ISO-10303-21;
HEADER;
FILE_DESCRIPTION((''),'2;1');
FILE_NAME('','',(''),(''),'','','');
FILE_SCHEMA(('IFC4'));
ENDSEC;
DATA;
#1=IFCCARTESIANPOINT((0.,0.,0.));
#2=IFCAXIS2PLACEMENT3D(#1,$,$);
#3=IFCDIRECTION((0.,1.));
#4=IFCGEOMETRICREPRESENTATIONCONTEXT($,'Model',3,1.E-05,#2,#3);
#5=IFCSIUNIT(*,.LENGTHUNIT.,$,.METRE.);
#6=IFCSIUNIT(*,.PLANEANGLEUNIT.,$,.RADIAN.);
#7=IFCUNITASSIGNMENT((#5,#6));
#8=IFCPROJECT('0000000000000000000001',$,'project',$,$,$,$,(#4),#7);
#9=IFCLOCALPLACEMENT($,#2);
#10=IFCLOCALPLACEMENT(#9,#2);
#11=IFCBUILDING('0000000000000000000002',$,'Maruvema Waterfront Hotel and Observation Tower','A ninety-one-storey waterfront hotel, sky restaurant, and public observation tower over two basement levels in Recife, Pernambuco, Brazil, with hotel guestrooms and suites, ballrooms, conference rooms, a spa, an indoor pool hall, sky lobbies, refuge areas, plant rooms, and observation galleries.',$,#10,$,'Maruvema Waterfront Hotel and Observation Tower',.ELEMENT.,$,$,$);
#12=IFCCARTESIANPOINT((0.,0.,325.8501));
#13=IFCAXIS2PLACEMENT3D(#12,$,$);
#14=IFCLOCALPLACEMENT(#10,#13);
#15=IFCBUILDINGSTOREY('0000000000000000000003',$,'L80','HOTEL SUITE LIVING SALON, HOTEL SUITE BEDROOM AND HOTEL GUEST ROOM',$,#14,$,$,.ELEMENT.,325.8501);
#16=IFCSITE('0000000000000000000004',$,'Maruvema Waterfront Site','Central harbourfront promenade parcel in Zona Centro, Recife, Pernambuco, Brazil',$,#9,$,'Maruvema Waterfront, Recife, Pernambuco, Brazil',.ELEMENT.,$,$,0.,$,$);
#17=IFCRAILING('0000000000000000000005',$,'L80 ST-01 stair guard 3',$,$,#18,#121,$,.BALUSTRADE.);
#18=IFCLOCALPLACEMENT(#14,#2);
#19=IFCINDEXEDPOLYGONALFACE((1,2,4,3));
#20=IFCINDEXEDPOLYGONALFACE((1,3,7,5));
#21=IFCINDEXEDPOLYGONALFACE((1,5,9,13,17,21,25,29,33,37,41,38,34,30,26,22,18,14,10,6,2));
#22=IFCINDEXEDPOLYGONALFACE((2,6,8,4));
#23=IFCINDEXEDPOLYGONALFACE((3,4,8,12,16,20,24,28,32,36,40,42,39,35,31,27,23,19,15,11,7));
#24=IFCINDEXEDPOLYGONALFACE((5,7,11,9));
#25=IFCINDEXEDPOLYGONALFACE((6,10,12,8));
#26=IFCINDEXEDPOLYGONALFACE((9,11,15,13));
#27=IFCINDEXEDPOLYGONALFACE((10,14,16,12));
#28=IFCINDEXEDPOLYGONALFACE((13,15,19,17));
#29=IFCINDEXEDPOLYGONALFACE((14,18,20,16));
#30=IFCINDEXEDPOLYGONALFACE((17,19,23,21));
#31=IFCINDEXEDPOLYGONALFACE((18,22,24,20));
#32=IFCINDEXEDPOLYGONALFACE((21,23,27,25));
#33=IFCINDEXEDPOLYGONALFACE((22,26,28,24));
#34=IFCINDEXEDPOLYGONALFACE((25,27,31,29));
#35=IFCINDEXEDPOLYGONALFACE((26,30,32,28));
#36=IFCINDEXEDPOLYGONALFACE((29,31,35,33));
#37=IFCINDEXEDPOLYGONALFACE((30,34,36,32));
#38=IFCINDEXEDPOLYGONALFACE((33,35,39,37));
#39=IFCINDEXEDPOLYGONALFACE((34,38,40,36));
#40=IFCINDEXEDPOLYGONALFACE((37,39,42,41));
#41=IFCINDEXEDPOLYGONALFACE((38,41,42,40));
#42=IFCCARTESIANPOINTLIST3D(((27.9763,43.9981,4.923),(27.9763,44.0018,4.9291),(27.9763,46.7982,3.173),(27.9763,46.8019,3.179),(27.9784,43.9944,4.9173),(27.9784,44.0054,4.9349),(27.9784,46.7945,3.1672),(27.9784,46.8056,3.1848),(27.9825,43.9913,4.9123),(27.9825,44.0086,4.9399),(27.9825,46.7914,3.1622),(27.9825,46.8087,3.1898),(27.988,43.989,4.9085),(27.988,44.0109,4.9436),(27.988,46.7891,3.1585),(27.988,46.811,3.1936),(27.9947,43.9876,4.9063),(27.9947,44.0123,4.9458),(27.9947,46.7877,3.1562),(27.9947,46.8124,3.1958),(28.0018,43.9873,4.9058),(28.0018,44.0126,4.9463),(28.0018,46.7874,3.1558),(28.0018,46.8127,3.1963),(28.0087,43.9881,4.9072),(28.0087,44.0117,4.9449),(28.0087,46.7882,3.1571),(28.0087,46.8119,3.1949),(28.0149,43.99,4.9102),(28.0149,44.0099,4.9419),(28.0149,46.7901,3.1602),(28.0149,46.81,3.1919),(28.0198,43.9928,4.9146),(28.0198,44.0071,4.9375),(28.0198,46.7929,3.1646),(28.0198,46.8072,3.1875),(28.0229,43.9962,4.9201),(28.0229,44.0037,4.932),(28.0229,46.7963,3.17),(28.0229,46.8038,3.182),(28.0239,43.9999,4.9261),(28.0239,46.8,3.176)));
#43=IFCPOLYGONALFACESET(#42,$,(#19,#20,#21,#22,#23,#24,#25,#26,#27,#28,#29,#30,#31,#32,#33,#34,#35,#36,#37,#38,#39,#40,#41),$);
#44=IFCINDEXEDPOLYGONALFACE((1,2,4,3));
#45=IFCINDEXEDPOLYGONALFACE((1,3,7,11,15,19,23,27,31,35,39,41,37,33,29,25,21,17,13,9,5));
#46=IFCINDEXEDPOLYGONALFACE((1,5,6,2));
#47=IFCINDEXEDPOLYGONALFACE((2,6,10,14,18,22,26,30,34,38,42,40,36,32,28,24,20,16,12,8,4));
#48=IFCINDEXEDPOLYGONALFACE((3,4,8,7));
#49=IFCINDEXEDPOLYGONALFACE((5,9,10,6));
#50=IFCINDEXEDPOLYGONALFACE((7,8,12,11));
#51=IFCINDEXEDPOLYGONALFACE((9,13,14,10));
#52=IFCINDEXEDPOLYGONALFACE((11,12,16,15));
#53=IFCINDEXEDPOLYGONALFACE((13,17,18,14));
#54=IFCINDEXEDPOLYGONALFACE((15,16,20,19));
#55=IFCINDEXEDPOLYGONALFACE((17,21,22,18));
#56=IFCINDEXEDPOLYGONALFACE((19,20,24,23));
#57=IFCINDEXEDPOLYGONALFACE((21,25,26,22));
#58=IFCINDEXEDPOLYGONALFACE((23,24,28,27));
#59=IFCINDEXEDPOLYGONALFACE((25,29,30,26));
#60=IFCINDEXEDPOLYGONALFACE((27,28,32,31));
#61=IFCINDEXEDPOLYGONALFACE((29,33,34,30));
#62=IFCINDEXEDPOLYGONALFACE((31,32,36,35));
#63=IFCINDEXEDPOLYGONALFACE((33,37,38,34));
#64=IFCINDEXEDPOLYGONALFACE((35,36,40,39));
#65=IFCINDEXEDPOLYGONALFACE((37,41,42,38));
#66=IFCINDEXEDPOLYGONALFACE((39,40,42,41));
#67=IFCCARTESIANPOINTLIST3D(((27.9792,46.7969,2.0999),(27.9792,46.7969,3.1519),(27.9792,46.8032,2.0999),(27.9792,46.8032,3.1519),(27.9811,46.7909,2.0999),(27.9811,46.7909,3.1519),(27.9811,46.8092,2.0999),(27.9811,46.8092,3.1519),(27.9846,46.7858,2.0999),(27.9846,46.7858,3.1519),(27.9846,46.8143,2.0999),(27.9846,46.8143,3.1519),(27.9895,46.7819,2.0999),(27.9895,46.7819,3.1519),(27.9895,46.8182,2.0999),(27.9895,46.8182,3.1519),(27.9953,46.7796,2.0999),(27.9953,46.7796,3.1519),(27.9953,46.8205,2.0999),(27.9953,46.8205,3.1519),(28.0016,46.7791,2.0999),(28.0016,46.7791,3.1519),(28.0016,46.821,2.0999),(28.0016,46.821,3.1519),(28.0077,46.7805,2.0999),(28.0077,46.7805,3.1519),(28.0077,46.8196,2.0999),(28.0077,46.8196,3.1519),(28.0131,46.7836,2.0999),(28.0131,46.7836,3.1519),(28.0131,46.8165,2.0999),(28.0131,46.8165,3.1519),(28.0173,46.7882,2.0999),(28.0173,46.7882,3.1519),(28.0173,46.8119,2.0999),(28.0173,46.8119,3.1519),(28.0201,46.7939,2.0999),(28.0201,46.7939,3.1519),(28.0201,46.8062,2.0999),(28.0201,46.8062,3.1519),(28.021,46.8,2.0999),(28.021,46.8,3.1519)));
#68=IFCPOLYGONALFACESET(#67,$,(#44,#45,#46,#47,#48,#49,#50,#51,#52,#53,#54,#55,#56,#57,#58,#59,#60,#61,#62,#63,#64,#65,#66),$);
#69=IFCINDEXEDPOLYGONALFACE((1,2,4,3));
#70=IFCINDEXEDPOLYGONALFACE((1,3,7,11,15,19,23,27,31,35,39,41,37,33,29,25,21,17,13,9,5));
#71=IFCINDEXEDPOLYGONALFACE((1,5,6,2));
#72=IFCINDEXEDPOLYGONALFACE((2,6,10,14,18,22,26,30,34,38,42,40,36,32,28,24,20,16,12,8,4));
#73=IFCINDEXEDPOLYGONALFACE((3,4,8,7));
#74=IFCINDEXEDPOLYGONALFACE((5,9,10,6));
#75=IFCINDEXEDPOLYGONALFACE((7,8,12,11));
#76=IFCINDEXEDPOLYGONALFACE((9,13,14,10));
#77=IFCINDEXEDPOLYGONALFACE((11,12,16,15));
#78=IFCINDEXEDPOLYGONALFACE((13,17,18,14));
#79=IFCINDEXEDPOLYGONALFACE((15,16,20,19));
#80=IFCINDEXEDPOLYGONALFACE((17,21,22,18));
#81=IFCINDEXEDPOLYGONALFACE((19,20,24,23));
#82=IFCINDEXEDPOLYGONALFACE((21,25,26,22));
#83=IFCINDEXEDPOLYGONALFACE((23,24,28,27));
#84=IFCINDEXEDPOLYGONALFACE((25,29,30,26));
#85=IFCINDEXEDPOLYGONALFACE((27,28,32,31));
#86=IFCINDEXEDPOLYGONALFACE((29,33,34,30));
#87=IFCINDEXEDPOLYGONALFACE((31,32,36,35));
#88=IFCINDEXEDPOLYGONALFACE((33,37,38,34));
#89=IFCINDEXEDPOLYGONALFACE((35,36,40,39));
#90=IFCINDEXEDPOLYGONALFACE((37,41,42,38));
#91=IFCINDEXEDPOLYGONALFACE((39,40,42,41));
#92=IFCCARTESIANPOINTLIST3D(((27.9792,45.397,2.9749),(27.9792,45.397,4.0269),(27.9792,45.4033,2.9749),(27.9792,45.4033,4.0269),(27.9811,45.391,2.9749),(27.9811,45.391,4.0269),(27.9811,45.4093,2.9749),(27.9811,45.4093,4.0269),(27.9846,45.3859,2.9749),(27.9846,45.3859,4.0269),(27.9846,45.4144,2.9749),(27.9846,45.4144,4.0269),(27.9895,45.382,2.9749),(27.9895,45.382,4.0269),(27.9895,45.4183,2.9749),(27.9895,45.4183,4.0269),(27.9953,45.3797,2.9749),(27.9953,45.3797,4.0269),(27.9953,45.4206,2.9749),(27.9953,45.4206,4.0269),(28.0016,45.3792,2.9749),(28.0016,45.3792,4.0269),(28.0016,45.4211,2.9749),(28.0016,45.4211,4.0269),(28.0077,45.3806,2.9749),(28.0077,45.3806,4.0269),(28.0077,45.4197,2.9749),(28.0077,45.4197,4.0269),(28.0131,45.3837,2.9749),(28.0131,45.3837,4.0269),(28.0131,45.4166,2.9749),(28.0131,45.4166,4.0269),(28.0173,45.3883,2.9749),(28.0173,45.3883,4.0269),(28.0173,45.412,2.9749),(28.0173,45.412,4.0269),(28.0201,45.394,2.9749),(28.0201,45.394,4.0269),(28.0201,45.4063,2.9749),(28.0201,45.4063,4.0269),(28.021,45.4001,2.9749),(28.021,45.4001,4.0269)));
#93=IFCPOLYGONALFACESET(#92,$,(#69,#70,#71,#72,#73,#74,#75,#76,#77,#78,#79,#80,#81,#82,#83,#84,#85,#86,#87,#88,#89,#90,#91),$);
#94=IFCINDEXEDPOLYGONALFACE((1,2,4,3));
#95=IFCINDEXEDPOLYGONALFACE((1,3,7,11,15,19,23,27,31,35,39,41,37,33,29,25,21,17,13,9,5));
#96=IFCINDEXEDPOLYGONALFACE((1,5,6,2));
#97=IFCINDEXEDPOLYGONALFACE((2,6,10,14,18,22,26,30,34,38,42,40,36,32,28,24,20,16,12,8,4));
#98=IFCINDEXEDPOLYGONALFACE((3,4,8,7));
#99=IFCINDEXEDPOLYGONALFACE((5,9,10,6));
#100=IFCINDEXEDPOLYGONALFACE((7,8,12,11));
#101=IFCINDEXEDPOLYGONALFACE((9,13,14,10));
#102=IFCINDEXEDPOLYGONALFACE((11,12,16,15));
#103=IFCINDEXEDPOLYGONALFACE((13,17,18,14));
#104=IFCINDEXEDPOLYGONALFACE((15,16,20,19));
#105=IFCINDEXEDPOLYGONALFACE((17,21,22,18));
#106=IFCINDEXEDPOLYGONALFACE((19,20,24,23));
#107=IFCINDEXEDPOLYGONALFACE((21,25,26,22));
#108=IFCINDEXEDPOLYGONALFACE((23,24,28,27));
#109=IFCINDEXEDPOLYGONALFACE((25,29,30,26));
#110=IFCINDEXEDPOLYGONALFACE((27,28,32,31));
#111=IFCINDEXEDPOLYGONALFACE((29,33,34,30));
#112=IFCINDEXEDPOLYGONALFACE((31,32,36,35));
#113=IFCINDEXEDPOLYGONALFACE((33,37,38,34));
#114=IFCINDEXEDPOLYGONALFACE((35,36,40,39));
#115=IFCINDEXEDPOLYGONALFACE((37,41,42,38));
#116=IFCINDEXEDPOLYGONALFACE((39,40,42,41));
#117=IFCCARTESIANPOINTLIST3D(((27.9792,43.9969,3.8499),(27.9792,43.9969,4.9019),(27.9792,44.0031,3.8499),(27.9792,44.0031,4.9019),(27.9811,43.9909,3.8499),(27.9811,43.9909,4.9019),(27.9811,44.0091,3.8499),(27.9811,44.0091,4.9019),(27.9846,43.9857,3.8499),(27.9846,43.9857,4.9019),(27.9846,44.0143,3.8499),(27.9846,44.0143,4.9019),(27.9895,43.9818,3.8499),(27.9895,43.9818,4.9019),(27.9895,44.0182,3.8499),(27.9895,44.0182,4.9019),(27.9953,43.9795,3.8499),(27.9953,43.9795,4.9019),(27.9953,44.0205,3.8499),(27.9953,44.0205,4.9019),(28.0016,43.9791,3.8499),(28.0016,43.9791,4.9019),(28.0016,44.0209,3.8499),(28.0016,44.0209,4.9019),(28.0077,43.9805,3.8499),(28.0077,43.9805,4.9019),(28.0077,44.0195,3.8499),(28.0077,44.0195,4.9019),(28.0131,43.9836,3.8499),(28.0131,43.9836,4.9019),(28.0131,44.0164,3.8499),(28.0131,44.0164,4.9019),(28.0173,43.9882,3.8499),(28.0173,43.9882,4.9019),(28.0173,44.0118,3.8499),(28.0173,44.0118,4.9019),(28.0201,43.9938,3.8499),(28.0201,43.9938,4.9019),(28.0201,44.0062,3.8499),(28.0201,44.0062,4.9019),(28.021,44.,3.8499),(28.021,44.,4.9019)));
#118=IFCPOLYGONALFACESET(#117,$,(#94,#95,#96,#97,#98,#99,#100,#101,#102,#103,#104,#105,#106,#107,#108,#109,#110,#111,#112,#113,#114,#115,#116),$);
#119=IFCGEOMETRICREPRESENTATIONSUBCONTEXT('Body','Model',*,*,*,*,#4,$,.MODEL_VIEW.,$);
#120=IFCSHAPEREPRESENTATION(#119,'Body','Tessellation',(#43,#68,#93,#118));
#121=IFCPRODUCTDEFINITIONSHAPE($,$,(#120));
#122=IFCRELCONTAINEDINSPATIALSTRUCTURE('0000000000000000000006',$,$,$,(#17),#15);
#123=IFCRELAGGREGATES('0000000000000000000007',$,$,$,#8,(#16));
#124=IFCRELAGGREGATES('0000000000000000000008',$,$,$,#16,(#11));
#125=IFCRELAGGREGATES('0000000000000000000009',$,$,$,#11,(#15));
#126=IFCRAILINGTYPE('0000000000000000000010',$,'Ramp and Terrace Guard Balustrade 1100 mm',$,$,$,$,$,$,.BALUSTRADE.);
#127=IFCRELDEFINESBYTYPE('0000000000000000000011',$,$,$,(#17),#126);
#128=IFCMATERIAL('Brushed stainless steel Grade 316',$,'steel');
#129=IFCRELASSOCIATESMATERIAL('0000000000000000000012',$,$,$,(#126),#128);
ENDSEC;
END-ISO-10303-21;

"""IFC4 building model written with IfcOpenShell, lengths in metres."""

from ifc_helpers import new_model, si_unit, direction, frame, origin, origin_2d, place, context, subcontext, project, spatial, circle, extrude, material, type_object, element, save


model = new_model("IFC4")

# Units and contexts
model_context = context("Model", 3, precision=1e-05, world=origin(), true_north=direction((0.0, 1.0)))
body_context = subcontext(model_context, "Body", "Model", "MODEL_VIEW")
ifc_project = project(units=[si_unit("LENGTHUNIT", "METRE"), si_unit("PLANEANGLEUNIT", "RADIAN")], contexts=[model_context])

# Site, building, storey
site_placement = place(None, origin())
site = spatial("IfcSite", under=ifc_project, at=site_placement, Name="Maruvema Waterfront Site", Description="Central harbourfront promenade parcel in Zona Centro, Recife, Pernambuco, Brazil", LongName="Maruvema Waterfront, Recife, Pernambuco, Brazil", CompositionType="ELEMENT", RefElevation=0.0)
building_placement = place(site_placement, origin())
building = spatial("IfcBuilding", under=site, at=building_placement, Name="Maruvema Waterfront Hotel and Observation Tower", Description="A ninety-one-storey waterfront hotel, sky restaurant, and public observation tower over two basement levels in Recife, Pernambuco, Brazil, with hotel guestrooms and suites, ballrooms, conference rooms, a spa, an indoor pool hall, sky lobbies, refuge areas, plant rooms, and observation galleries.", LongName="Maruvema Waterfront Hotel and Observation Tower", CompositionType="ELEMENT")
storey_placement = place(building_placement, frame((0.0, 0.0, 325.8501)))
storey = spatial("IfcBuildingStorey", under=building, at=storey_placement, Name="L80", Description="HOTEL SUITE LIVING SALON, HOTEL SUITE BEDROOM AND HOTEL GUEST ROOM", CompositionType="ELEMENT", Elevation=325.8501)

# Railing
ifc_material_1 = material(Name="Brushed stainless steel Grade 316", Category="steel")
railing_type_1 = type_object("IfcRailingType", Name="Ramp and Terrace Guard Balustrade 1100 mm", PredefinedType="BALUSTRADE", material=ifc_material_1)
railing_1_placement = place(storey_placement, frame((28.0, 46.8, 2.0999)))
element("IfcRailing", 1, at=railing_1_placement, inside=storey, type_object=railing_type_1, Name="L80 ST-01 stair guard 3", PredefinedType="BALUSTRADE", context=body_context, shape_type="SweptSolid", body=[
    extrude(circle(Radius=0.0239, at=origin_2d()), frame((0.0, 0.0, 1.0762), z_axis=(0.0, -0.848002, 0.529992), x_axis=(1.0, 0.0, 0.0)), (0.0, 0.0, 1.0), 3.302),
    extrude(circle(Radius=0.021, at=origin_2d()), origin(), (0.0, 0.0, 1.0), 1.052),
    extrude(circle(Radius=0.021, at=origin_2d()), frame((0.0, -1.3999, 0.875)), (0.0, 0.0, 1.0), 1.052),
    extrude(circle(Radius=0.021, at=origin_2d()), frame((0.0, -2.8, 1.75)), (0.0, 0.0, 1.0), 1.052),
])

save(model, "model.ifc")
